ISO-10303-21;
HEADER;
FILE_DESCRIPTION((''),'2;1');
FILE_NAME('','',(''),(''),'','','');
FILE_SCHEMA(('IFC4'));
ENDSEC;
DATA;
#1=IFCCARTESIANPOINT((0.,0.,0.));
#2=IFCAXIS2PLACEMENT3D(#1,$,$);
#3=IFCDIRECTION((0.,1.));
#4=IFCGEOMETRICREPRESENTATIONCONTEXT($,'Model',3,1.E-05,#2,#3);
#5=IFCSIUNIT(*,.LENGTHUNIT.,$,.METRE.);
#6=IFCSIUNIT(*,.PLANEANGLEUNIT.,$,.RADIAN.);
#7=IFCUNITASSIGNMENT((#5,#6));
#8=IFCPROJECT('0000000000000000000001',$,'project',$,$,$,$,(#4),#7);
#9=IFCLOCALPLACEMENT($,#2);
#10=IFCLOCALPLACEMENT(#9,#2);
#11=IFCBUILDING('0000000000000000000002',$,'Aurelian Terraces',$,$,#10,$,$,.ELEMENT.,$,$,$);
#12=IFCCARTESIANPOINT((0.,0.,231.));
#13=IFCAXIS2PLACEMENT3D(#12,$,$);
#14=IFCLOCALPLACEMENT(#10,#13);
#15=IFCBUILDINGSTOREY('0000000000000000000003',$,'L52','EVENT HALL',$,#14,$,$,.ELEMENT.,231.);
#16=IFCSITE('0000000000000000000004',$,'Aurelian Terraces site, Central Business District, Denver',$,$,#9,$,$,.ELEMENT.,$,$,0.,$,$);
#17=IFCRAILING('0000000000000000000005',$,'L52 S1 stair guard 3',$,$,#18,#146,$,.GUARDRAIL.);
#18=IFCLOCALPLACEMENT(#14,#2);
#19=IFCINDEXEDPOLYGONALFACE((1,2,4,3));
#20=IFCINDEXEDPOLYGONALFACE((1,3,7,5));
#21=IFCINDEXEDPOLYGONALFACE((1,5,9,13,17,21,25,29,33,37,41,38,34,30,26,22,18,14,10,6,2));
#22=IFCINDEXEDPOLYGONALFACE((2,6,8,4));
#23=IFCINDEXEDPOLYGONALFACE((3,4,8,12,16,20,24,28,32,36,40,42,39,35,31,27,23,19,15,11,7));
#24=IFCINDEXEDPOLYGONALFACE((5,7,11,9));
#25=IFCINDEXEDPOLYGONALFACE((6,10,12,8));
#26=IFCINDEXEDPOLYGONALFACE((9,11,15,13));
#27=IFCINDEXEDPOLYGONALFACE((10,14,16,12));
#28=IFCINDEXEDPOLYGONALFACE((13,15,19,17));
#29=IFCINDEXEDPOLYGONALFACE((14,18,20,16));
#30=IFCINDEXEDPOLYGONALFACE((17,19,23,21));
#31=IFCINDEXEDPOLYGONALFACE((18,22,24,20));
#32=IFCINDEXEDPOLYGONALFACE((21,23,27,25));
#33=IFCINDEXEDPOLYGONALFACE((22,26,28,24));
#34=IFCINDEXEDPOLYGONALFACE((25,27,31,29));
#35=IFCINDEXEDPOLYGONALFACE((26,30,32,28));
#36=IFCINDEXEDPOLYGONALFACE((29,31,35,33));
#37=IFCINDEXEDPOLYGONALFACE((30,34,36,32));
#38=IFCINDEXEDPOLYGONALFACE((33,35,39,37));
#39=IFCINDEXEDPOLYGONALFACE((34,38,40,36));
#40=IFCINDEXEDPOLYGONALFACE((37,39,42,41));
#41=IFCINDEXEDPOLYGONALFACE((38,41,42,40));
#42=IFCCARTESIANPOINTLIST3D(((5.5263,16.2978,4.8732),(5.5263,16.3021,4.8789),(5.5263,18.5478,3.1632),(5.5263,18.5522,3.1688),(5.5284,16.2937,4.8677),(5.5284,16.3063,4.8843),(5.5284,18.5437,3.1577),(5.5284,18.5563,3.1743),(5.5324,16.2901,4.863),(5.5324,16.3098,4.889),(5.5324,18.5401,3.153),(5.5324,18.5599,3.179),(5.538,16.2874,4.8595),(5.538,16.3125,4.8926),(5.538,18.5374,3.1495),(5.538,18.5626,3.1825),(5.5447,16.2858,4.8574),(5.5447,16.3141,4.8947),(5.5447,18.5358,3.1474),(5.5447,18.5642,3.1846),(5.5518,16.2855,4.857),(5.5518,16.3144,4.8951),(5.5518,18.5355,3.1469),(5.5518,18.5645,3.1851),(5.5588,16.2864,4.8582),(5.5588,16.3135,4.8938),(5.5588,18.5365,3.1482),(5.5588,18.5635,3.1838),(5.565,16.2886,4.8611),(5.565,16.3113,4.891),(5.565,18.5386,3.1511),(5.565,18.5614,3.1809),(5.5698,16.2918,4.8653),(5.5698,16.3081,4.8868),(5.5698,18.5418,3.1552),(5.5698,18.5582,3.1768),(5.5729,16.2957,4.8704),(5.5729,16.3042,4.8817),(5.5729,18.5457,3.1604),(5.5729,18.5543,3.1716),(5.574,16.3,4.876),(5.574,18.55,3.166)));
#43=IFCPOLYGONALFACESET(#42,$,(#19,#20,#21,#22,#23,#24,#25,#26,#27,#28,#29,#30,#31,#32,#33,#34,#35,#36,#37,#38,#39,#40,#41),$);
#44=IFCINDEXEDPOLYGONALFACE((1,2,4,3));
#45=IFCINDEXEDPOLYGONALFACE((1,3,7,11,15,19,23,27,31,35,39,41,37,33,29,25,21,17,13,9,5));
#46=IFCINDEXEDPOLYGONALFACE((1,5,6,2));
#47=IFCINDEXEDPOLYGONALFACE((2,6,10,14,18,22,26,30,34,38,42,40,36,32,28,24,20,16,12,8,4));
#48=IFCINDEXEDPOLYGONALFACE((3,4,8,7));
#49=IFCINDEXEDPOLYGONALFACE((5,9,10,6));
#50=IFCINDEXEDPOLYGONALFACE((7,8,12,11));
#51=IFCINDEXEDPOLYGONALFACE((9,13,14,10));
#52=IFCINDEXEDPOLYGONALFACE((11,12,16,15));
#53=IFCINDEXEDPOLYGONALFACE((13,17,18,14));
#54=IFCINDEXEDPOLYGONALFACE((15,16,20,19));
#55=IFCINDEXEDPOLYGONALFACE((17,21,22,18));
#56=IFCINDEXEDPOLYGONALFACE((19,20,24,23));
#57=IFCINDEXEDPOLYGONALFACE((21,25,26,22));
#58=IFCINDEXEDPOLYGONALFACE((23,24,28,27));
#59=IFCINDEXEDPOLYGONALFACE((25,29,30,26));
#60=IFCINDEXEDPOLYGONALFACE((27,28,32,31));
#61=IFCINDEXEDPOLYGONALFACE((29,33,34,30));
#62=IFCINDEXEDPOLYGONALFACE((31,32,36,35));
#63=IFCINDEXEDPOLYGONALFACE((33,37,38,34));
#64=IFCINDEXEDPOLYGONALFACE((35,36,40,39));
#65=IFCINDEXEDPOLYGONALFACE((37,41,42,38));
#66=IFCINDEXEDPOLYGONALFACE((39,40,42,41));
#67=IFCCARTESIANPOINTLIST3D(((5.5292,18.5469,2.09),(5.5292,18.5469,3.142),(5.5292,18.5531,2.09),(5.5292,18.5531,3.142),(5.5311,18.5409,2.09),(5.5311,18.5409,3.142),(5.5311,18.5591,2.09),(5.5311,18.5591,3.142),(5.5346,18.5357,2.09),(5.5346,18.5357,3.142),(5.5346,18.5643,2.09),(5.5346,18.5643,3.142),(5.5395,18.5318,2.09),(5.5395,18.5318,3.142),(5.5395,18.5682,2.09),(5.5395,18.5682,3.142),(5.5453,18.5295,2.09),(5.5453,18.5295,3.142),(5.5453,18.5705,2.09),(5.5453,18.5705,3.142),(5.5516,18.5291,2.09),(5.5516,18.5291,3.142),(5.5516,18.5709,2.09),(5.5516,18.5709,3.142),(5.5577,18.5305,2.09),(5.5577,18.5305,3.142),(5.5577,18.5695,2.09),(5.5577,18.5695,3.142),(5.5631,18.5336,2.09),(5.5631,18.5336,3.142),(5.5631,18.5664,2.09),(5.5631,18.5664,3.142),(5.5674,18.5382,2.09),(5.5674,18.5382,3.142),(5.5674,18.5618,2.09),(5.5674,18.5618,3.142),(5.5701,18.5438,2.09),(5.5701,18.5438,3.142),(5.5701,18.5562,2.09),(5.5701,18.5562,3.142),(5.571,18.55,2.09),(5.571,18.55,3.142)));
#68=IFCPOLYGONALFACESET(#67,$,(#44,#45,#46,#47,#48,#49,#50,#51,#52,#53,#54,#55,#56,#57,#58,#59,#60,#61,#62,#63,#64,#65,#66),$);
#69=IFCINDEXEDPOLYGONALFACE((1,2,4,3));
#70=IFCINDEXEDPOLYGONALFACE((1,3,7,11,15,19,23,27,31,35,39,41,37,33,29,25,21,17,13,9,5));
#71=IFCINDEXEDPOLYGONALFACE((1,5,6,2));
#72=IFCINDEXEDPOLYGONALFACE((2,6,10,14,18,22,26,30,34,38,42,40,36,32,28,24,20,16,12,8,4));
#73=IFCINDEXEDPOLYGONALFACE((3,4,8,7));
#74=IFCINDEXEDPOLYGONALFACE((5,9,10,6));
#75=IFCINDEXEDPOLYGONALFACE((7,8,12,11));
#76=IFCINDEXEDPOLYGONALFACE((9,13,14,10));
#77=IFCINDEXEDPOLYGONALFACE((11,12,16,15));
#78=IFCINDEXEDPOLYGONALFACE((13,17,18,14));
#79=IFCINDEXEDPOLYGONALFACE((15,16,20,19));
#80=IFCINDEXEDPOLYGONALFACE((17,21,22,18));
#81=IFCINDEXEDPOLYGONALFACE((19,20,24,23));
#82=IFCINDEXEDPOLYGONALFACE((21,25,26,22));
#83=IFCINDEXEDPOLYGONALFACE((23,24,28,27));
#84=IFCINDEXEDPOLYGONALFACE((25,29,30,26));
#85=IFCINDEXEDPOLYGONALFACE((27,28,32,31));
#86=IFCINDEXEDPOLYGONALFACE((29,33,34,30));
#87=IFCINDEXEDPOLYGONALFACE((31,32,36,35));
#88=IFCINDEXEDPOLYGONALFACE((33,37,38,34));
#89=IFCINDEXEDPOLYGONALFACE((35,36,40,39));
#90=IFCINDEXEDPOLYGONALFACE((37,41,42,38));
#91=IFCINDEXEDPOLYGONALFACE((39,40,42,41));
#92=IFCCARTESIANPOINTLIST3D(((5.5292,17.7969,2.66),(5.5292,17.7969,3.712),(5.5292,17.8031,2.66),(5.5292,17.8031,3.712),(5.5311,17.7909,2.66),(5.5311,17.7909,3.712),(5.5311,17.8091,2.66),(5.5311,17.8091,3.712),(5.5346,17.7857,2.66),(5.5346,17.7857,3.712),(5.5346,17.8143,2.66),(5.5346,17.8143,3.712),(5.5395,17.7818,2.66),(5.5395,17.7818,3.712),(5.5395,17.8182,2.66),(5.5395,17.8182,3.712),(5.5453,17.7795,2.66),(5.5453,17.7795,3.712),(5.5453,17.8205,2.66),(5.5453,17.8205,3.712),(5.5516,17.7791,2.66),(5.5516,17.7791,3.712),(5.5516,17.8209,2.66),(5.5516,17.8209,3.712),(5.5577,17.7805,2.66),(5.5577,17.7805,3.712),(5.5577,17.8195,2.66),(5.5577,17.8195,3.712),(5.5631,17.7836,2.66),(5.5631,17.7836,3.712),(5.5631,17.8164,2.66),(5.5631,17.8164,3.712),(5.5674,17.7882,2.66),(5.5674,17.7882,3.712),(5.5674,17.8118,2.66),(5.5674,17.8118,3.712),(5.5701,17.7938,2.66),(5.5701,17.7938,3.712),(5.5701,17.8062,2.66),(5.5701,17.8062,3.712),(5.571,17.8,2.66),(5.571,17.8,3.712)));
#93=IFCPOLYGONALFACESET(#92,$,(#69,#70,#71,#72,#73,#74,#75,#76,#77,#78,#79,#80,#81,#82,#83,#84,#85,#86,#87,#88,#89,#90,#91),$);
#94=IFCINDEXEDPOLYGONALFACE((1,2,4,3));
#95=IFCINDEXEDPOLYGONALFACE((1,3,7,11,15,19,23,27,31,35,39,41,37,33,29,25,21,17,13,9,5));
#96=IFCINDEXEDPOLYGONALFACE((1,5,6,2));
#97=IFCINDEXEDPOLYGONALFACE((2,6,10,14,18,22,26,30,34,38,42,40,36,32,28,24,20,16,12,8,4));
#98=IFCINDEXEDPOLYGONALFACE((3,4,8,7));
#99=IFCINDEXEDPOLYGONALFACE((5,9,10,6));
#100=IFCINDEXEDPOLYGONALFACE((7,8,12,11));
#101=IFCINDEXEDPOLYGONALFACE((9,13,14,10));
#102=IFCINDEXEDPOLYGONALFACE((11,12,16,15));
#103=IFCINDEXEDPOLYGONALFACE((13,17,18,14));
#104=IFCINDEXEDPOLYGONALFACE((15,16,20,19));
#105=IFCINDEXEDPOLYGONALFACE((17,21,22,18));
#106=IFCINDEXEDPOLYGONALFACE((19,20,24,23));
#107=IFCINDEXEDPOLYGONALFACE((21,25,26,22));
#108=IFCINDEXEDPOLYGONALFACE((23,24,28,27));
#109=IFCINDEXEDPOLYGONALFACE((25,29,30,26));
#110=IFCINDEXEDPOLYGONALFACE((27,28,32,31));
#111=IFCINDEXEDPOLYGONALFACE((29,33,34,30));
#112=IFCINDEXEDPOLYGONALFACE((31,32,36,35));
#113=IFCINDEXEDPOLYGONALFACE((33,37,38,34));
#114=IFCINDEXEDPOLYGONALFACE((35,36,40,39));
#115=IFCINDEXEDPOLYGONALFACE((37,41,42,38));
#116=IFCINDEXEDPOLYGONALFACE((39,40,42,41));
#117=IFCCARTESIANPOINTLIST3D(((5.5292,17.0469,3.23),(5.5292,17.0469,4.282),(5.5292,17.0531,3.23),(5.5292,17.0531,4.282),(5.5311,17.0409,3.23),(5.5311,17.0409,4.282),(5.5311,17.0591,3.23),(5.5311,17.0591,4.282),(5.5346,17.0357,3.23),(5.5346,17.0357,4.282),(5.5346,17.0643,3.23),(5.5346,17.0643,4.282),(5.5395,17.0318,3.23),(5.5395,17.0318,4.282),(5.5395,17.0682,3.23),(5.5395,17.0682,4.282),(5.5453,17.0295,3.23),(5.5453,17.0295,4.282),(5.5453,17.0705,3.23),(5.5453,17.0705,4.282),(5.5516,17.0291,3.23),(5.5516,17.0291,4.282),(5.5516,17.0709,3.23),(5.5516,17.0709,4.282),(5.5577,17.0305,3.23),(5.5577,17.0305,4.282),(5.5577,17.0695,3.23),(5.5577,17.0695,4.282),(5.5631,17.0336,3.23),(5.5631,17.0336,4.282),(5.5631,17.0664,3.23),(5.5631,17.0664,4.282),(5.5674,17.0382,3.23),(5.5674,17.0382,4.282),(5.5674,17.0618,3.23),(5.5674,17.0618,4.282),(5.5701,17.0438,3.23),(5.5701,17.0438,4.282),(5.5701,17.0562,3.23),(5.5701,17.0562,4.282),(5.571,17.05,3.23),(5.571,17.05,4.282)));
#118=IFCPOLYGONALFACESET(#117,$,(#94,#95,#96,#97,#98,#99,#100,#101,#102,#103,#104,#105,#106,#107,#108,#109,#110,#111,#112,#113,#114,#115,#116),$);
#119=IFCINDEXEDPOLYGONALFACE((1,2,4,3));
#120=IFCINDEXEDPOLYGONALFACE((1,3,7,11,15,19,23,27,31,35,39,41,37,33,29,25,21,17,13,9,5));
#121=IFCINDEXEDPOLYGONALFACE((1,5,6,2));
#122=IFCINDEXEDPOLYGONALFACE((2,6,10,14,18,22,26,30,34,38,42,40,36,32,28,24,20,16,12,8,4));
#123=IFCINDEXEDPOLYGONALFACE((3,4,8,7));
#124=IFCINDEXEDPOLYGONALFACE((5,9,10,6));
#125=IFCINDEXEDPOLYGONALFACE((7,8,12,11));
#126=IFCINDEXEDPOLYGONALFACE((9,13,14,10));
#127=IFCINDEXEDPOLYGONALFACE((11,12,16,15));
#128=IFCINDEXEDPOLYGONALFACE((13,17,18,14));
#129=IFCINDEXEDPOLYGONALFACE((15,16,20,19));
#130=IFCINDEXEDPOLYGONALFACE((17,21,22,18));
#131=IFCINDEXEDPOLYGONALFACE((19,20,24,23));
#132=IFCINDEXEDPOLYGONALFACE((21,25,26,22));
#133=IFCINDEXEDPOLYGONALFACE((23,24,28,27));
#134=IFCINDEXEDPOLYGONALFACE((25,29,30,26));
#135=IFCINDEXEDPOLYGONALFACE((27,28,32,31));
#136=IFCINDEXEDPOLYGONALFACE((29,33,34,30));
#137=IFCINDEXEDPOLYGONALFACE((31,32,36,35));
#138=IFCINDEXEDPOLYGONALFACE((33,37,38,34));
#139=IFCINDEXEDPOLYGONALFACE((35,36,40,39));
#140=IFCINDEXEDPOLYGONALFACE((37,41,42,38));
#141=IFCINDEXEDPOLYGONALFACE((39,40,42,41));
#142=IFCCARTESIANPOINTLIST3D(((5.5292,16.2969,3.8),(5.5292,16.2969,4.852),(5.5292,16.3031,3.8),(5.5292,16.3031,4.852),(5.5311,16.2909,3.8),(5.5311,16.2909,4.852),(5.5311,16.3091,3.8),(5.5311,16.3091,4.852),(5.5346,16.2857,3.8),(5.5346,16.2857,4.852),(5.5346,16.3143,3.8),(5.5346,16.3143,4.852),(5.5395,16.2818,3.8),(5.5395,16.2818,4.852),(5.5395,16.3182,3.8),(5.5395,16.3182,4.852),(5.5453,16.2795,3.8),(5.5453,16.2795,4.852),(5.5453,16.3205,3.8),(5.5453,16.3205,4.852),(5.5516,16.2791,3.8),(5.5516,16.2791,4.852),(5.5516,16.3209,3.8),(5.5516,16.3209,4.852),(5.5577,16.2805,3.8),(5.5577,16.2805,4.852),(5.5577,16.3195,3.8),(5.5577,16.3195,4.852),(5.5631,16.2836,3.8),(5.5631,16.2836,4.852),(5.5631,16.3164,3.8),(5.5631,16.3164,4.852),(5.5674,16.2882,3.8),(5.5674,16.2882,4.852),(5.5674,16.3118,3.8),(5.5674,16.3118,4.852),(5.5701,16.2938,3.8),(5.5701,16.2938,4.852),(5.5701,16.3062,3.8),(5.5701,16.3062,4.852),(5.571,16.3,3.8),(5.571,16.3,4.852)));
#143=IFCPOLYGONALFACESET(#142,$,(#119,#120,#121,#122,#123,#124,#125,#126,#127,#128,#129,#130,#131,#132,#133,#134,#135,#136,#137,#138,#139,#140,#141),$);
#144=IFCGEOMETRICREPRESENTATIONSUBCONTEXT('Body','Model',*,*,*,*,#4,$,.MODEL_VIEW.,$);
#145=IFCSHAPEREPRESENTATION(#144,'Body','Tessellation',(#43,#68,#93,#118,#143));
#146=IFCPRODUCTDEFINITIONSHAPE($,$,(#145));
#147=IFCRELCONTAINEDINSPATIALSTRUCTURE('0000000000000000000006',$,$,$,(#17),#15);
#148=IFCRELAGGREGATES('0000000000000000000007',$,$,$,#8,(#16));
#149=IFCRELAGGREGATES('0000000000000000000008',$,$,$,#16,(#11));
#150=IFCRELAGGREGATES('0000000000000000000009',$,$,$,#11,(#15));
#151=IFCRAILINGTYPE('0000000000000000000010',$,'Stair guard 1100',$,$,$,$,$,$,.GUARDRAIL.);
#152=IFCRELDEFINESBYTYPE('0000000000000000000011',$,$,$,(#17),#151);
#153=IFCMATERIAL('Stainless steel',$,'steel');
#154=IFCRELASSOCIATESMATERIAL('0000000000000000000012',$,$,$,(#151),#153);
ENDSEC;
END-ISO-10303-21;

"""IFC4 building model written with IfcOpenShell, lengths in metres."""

from ifc_helpers import new_model, si_unit, direction, frame, origin, origin_2d, place, context, subcontext, project, spatial, circle, extrude, source, transform, mapped, material, type_object, element, save


model = new_model("IFC4")

# Units and contexts
model_context = context("Model", 3, precision=1e-05, world=origin(), true_north=direction((0.0, 1.0)))
body_context = subcontext(model_context, "Body", "Model", "MODEL_VIEW")
ifc_project = project(units=[si_unit("LENGTHUNIT", "METRE"), si_unit("PLANEANGLEUNIT", "RADIAN")], contexts=[model_context])

# Site, building, storey
site_placement = place(None, origin())
site = spatial("IfcSite", under=ifc_project, at=site_placement, Name="Aurelian Terraces site, Central Business District, Denver", CompositionType="ELEMENT", RefElevation=0.0)
building_placement = place(site_placement, origin())
building = spatial("IfcBuilding", under=site, at=building_placement, Name="Aurelian Terraces", CompositionType="ELEMENT")
storey_placement = place(building_placement, frame((0.0, 0.0, 231.0)))
storey = spatial("IfcBuildingStorey", under=building, at=storey_placement, Name="L52", Description="EVENT HALL", CompositionType="ELEMENT", Elevation=231.0)

# Railing
ifc_material_1 = material(Name="Stainless steel", Category="steel")
railing_type_1 = type_object("IfcRailingType", Name="Stair guard 1100", PredefinedType="GUARDRAIL", material=ifc_material_1)
shared_shape_1 = source(origin(), body_context, "Body", "SweptSolid", [
    extrude(circle(Radius=0.024, at=origin_2d()), frame((0.0, 0.0, 1.076), z_axis=(0.0, -0.796162, 0.605083), x_axis=(1.0, 0.0, 0.0)), (0.0, 0.0, 1.0), 2.8261),
    extrude(circle(Radius=0.021, at=origin_2d()), origin(), (0.0, 0.0, 1.0), 1.052),
    extrude(circle(Radius=0.021, at=origin_2d()), frame((0.0, -0.75, 0.57)), (0.0, 0.0, 1.0), 1.052),
    extrude(circle(Radius=0.021, at=origin_2d()), frame((0.0, -1.5, 1.14)), (0.0, 0.0, 1.0), 1.052),
    extrude(circle(Radius=0.021, at=origin_2d()), frame((0.0, -2.25, 1.71)), (0.0, 0.0, 1.0), 1.052),
])
railing_1_placement = place(storey_placement, frame((5.55, 18.55, 2.09)))
element("IfcRailing", 1, at=railing_1_placement, inside=storey, type_object=railing_type_1, Name="L52 S1 stair guard 3", PredefinedType="GUARDRAIL", context=body_context, shape_type="MappedRepresentation", body=[
    mapped(shared_shape_1, transform((0.0, 0.0, 0.0), scale=1.0)),
])

save(model, "model.ifc")
